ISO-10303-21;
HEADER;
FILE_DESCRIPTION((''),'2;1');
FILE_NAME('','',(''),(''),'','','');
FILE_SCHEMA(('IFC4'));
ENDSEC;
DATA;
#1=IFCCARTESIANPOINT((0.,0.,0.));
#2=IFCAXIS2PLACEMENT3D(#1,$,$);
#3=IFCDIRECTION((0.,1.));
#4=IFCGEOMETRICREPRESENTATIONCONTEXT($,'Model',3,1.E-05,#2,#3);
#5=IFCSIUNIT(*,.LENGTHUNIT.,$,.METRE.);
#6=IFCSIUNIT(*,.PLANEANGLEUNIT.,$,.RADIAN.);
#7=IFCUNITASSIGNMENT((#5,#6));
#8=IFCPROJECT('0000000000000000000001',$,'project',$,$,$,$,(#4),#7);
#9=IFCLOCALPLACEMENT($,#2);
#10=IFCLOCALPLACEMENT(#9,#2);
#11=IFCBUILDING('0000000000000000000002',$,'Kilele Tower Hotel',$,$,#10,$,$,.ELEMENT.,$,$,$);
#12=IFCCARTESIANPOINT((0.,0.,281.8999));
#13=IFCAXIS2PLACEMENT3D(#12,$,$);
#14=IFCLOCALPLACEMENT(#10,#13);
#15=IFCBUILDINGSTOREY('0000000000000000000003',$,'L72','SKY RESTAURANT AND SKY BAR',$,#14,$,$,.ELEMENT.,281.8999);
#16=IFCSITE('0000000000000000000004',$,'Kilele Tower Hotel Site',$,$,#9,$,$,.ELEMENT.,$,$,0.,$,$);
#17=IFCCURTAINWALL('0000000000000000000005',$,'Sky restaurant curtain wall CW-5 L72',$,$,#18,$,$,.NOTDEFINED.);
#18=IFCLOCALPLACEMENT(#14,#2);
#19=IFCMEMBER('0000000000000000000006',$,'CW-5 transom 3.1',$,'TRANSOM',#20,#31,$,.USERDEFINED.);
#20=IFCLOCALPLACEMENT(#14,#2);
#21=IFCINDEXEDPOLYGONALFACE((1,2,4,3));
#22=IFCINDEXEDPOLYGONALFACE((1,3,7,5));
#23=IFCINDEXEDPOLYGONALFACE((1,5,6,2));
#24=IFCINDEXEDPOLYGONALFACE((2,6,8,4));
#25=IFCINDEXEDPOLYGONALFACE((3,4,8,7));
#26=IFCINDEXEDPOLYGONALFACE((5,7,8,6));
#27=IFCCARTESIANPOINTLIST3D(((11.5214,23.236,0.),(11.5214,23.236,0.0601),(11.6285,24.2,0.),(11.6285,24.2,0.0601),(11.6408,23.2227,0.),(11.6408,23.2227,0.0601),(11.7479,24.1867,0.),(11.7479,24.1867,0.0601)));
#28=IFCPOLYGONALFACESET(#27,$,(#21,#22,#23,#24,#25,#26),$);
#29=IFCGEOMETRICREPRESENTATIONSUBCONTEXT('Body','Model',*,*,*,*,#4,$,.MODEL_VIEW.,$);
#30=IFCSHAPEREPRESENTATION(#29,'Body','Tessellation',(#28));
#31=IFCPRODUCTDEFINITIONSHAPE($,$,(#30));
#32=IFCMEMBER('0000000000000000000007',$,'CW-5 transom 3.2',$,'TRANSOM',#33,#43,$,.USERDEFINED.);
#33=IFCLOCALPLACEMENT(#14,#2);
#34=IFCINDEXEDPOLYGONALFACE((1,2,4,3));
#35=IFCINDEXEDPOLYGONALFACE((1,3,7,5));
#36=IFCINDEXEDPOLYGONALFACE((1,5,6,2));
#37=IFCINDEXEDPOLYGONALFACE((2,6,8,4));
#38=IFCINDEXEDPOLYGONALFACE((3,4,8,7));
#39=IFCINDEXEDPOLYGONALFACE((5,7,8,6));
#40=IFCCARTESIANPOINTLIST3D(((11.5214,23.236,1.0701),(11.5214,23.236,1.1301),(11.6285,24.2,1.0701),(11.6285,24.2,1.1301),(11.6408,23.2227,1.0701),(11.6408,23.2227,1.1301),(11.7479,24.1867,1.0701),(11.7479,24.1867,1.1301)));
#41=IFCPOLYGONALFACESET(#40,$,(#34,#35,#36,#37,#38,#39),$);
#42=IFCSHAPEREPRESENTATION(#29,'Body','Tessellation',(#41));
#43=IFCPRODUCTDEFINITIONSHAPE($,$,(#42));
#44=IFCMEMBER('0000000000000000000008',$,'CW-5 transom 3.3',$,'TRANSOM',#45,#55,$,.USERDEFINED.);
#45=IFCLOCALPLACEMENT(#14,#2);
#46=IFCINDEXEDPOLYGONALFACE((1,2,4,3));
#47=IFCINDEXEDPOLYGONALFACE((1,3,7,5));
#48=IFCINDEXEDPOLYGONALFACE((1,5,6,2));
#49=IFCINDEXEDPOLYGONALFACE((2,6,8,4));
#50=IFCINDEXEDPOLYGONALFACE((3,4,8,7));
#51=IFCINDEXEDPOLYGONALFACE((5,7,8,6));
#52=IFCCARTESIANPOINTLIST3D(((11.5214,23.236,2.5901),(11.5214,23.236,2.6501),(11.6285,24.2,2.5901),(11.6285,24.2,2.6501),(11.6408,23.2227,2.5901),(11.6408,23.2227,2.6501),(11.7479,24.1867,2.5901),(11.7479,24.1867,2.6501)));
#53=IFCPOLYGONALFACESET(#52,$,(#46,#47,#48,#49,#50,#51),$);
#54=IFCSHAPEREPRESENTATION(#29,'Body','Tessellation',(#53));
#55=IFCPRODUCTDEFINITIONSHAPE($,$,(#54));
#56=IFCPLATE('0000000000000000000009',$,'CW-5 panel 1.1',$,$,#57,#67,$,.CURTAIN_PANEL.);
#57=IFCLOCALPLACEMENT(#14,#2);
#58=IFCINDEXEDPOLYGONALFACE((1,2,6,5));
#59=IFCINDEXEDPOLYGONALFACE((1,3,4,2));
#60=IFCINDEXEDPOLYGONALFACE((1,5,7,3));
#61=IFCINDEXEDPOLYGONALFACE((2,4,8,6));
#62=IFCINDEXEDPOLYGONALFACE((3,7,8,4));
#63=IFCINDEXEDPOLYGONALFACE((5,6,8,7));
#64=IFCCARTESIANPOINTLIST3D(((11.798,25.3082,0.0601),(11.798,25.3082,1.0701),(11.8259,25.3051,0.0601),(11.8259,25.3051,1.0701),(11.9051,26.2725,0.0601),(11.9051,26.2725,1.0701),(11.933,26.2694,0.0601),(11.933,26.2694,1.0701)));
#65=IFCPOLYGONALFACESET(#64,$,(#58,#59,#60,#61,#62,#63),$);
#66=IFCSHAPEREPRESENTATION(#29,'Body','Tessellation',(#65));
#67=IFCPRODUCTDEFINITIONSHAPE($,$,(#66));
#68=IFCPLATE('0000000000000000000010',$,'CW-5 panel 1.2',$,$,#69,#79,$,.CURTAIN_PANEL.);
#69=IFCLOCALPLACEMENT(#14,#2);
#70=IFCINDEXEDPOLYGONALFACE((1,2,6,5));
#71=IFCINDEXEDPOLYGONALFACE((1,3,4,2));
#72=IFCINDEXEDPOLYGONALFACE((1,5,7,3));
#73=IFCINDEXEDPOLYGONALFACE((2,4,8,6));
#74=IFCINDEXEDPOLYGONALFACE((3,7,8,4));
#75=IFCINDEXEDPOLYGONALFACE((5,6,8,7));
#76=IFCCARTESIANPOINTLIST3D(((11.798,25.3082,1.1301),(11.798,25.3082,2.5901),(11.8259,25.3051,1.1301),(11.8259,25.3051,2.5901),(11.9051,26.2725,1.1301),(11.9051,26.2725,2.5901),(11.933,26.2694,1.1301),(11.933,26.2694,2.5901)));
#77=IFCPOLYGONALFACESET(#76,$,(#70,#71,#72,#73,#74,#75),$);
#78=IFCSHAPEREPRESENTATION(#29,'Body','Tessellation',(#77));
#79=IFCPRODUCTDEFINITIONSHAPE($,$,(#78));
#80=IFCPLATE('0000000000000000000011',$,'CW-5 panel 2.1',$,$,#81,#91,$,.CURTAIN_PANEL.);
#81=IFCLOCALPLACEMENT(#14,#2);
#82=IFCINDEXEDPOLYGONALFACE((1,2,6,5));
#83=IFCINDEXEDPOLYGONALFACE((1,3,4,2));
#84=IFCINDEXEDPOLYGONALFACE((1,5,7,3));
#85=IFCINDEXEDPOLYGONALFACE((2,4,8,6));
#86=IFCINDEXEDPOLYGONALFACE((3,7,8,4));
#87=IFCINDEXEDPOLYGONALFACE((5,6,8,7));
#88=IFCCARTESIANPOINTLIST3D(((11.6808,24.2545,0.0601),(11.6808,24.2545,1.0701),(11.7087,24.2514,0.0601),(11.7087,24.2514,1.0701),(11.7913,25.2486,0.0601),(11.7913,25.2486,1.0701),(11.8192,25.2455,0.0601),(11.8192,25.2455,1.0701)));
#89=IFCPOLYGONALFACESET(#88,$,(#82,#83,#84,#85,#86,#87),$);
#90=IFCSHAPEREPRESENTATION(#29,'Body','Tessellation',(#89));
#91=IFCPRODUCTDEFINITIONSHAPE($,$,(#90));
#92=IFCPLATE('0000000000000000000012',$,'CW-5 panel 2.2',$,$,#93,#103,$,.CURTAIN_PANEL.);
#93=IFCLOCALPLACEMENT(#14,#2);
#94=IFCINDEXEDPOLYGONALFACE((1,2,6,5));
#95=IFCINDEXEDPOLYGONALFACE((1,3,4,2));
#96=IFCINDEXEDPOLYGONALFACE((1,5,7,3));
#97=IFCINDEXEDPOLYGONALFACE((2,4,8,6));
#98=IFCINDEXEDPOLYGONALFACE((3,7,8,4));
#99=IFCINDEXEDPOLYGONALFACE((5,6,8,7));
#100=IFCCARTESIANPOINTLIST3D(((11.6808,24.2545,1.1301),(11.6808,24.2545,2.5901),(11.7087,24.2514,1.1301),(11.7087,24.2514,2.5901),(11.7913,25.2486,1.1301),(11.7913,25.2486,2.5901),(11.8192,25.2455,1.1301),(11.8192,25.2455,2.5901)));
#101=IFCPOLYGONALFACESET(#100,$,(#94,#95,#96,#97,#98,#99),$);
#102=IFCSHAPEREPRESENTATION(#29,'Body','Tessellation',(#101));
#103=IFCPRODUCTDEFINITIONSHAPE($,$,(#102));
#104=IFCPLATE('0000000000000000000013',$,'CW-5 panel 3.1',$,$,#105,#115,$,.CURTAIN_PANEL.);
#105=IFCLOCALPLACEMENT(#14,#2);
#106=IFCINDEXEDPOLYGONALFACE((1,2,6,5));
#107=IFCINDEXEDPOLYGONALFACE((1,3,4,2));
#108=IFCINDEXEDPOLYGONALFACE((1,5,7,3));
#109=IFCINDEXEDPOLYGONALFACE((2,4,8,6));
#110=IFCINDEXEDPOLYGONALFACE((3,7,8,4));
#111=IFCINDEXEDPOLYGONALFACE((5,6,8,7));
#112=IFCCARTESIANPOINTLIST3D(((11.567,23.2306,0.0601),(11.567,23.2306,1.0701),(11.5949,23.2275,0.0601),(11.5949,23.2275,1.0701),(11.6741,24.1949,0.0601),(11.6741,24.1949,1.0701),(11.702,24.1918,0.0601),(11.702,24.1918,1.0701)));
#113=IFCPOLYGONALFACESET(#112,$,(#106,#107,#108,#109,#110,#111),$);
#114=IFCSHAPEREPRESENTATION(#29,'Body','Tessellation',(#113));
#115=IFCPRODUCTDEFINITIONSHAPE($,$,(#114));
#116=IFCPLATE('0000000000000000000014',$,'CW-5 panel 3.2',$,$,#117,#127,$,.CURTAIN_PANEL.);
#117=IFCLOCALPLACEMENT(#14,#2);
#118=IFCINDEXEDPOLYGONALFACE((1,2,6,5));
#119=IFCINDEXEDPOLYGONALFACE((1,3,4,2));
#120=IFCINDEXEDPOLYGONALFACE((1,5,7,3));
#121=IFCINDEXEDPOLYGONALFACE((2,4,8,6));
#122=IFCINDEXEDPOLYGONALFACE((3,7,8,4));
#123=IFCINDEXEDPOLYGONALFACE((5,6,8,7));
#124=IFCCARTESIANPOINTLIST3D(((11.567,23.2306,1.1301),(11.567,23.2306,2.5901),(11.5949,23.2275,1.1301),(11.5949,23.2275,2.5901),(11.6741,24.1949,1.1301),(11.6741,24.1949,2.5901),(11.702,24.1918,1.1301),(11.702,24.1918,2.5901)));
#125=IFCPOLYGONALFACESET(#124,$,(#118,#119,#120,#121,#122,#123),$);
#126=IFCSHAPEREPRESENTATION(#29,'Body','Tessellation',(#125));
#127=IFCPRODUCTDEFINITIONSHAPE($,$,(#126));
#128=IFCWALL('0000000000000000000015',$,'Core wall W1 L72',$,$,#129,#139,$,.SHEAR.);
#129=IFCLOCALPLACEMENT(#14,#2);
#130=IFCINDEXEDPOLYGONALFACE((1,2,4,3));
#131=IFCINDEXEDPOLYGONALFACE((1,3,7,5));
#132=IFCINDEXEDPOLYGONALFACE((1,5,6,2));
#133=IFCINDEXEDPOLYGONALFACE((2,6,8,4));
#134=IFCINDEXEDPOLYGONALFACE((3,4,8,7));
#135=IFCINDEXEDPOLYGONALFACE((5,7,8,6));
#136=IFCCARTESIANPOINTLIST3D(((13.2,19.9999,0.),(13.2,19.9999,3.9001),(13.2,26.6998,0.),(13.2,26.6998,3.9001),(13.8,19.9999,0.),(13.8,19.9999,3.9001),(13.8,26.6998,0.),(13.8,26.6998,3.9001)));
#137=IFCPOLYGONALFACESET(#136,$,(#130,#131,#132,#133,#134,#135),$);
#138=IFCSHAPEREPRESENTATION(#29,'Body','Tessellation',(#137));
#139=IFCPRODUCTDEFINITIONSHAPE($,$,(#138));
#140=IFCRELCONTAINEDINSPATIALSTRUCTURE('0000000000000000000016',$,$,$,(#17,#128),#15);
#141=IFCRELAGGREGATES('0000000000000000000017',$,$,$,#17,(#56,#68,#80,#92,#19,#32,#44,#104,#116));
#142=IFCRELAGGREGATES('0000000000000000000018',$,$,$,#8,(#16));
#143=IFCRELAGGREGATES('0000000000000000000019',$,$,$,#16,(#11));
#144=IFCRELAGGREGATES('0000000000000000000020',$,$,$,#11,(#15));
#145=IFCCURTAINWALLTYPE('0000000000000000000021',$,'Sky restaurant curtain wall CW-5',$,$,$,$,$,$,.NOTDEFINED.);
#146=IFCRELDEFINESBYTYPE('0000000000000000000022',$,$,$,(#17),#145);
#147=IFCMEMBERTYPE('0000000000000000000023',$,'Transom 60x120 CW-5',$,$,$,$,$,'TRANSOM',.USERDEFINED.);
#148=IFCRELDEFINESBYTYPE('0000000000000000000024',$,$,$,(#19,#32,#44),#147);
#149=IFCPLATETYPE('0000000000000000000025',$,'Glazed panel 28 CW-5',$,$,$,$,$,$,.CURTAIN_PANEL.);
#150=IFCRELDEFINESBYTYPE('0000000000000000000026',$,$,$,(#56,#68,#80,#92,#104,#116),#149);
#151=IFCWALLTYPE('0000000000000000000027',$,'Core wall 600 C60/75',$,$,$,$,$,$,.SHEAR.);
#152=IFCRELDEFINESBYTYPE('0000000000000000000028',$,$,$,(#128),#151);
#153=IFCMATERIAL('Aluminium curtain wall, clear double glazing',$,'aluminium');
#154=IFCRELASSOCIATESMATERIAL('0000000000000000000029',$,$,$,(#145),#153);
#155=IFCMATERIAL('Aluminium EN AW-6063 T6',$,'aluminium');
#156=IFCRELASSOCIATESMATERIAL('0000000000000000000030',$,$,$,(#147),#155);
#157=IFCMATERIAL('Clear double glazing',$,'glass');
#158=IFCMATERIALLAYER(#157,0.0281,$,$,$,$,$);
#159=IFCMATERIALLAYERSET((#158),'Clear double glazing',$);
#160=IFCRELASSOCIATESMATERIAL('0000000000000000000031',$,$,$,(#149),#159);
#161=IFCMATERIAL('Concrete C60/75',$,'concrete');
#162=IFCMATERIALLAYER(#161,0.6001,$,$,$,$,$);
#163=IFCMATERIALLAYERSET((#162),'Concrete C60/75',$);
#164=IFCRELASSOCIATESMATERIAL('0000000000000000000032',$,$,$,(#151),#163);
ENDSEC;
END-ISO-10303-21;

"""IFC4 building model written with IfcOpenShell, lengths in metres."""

from ifc_helpers import new_model, si_unit, direction, frame, frame_2d, origin, origin_2d, place, context, subcontext, project, spatial, rectangle, extrude, material, layer, layer_set, material_profile, profile_set, type_object, element, aggregate, save


model = new_model("IFC4")

# Units and contexts
model_context = context("Model", 3, precision=1e-05, world=origin(), true_north=direction((0.0, 1.0)))
body_context = subcontext(model_context, "Body", "Model", "MODEL_VIEW")
ifc_project = project(units=[si_unit("LENGTHUNIT", "METRE"), si_unit("PLANEANGLEUNIT", "RADIAN")], contexts=[model_context])

# Site, building, storey
site_placement = place(None, origin())
site = spatial("IfcSite", under=ifc_project, at=site_placement, Name="Kilele Tower Hotel Site", CompositionType="ELEMENT", RefElevation=0.0)
building_placement = place(site_placement, origin())
building = spatial("IfcBuilding", under=site, at=building_placement, Name="Kilele Tower Hotel", CompositionType="ELEMENT")
storey_placement = place(building_placement, frame((0.0, 0.0, 281.8999)))
storey = spatial("IfcBuildingStorey", under=building, at=storey_placement, Name="L72", Description="SKY RESTAURANT AND SKY BAR", CompositionType="ELEMENT", Elevation=281.8999)

# Curtain wall
ifc_material_1 = material(Name="Aluminium curtain wall, clear double glazing", Category="aluminium")
curtain_wall_type = type_object("IfcCurtainWallType", Name="Sky restaurant curtain wall CW-5", PredefinedType="NOTDEFINED", material=ifc_material_1)
curtain_wall_1_placement = place(storey_placement, origin())
curtain_wall_1 = element("IfcCurtainWall", 1, at=curtain_wall_1_placement, inside=storey, type_object=curtain_wall_type, Name="Sky restaurant curtain wall CW-5 L72", PredefinedType="NOTDEFINED")

# Members
ifc_material_2 = material(Name="Aluminium EN AW-6063 T6", Category="aluminium")
ifc_material_profile_1 = material_profile(ifc_material_2, rectangle(XDim=0.1201, YDim=0.0601, at=origin_2d()))
ifc_profile_set_1 = profile_set([ifc_material_profile_1], Name="Aluminium EN AW-6063 T6")
member_type_1 = type_object("IfcMemberType", Name="Transom 60x120 CW-5", ElementType="TRANSOM", PredefinedType="USERDEFINED", material=ifc_profile_set_1)
member_1_placement = place(storey_placement, frame((11.6882, 24.1934, 0.03), z_axis=(-0.110487, -0.993878, 0.0), x_axis=(0.993878, -0.110487, 0.0)))
member_1 = element("IfcMember", 2, at=member_1_placement, type_object=member_type_1, Name="CW-5 transom 3.1", ObjectType="TRANSOM", PredefinedType="USERDEFINED", context=body_context, shape_type="SweptSolid", body=[
    extrude(rectangle(XDim=0.1201, YDim=0.0601, at=origin_2d()), origin(), (0.0, 0.0, 1.0), 0.97),
])
member_2_placement = place(storey_placement, frame((11.6882, 24.1934, 1.1001), z_axis=(-0.110487, -0.993878, 0.0), x_axis=(0.993878, -0.110487, 0.0)))
member_2 = element("IfcMember", 3, at=member_2_placement, type_object=member_type_1, Name="CW-5 transom 3.2", ObjectType="TRANSOM", PredefinedType="USERDEFINED", context=body_context, shape_type="SweptSolid", body=[
    extrude(rectangle(XDim=0.1201, YDim=0.0601, at=origin_2d()), origin(), (0.0, 0.0, 1.0), 0.97),
])
member_3_placement = place(storey_placement, frame((11.6882, 24.1934, 2.6201), z_axis=(-0.110487, -0.993878, 0.0), x_axis=(0.993878, -0.110487, 0.0)))
member_3 = element("IfcMember", 4, at=member_3_placement, type_object=member_type_1, Name="CW-5 transom 3.3", ObjectType="TRANSOM", PredefinedType="USERDEFINED", context=body_context, shape_type="SweptSolid", body=[
    extrude(rectangle(XDim=0.1201, YDim=0.0601, at=origin_2d()), origin(), (0.0, 0.0, 1.0), 0.97),
])

# Plates
ifc_material_3 = material(Name="Clear double glazing", Category="glass")
ifc_layer_1 = layer(ifc_material_3, 0.0281)
ifc_layer_set_1 = layer_set([ifc_layer_1], Name="Clear double glazing")
plate_type = type_object("IfcPlateType", Name="Glazed panel 28 CW-5", PredefinedType="CURTAIN_PANEL", material=ifc_layer_set_1)
plate_1_placement = place(storey_placement, frame((11.8655, 25.7888, 0.0601), z_axis=(0.0, 0.0, 1.0), x_axis=(-0.110432, -0.993884, 0.0)))
plate_1 = element("IfcPlate", 5, at=plate_1_placement, type_object=plate_type, Name="CW-5 panel 1.1", PredefinedType="CURTAIN_PANEL", context=body_context, shape_type="SweptSolid", body=[
    extrude(rectangle(XDim=0.9702, YDim=0.0281, at=origin_2d()), origin(), (0.0, 0.0, 1.0), 1.01),
])
plate_2_placement = place(storey_placement, frame((11.8655, 25.7888, 1.1301), z_axis=(0.0, 0.0, 1.0), x_axis=(-0.110432, -0.993884, 0.0)))
plate_2 = element("IfcPlate", 6, at=plate_2_placement, type_object=plate_type, Name="CW-5 panel 1.2", PredefinedType="CURTAIN_PANEL", context=body_context, shape_type="SweptSolid", body=[
    extrude(rectangle(XDim=0.9702, YDim=0.0281, at=origin_2d()), origin(), (0.0, 0.0, 1.0), 1.46),
])
plate_3_placement = place(storey_placement, frame((11.75, 24.75, 0.0601), z_axis=(0.0, 0.0, 1.0), x_axis=(-0.110432, -0.993884, 0.0)))
plate_3 = element("IfcPlate", 7, at=plate_3_placement, type_object=plate_type, Name="CW-5 panel 2.1", PredefinedType="CURTAIN_PANEL", context=body_context, shape_type="SweptSolid", body=[
    extrude(rectangle(XDim=1.0002, YDim=0.0281, at=origin_2d()), origin(), (0.0, 0.0, 1.0), 1.01),
])
plate_4_placement = place(storey_placement, frame((11.75, 24.75, 1.1301), z_axis=(0.0, 0.0, 1.0), x_axis=(-0.110432, -0.993884, 0.0)))
plate_4 = element("IfcPlate", 8, at=plate_4_placement, type_object=plate_type, Name="CW-5 panel 2.2", PredefinedType="CURTAIN_PANEL", context=body_context, shape_type="SweptSolid", body=[
    extrude(rectangle(XDim=1.0002, YDim=0.0281, at=origin_2d()), origin(), (0.0, 0.0, 1.0), 1.46),
])
plate_5_placement = place(storey_placement, frame((11.6345, 23.7112, 0.0601), z_axis=(0.0, 0.0, 1.0), x_axis=(-0.110432, -0.993884, 0.0)))
plate_5 = element("IfcPlate", 9, at=plate_5_placement, type_object=plate_type, Name="CW-5 panel 3.1", PredefinedType="CURTAIN_PANEL", context=body_context, shape_type="SweptSolid", body=[
    extrude(rectangle(XDim=0.9702, YDim=0.0281, at=origin_2d()), origin(), (0.0, 0.0, 1.0), 1.01),
])
plate_6_placement = place(storey_placement, frame((11.6345, 23.7112, 1.1301), z_axis=(0.0, 0.0, 1.0), x_axis=(-0.110432, -0.993884, 0.0)))
plate_6 = element("IfcPlate", 10, at=plate_6_placement, type_object=plate_type, Name="CW-5 panel 3.2", PredefinedType="CURTAIN_PANEL", context=body_context, shape_type="SweptSolid", body=[
    extrude(rectangle(XDim=0.9702, YDim=0.0281, at=origin_2d()), origin(), (0.0, 0.0, 1.0), 1.46),
])
aggregate(curtain_wall_1, [plate_1, plate_2, plate_3, plate_4, member_1, member_2, member_3, plate_5, plate_6])

# Wall
ifc_material_4 = material(Name="Concrete C60/75", Category="concrete")
ifc_layer_2 = layer(ifc_material_4, 0.6001)
ifc_layer_set_2 = layer_set([ifc_layer_2], Name="Concrete C60/75")
wall_type = type_object("IfcWallType", Name="Core wall 600 C60/75", PredefinedType="SHEAR", material=ifc_layer_set_2)
wall_placement = place(storey_placement, frame((13.5, 26.7, 0.0), z_axis=(0.0, 0.0, 1.0), x_axis=(0.0, -1.0, 0.0)))
element("IfcWall", 11, at=wall_placement, inside=storey, type_object=wall_type, Name="Core wall W1 L72", PredefinedType="SHEAR", context=body_context, shape_type="SweptSolid", body=[
    extrude(rectangle(XDim=6.7, YDim=0.6001, at=frame_2d((3.3501, 0.0))), origin(), (0.0, 0.0, 1.0), 3.9001),
])

save(model, "model.ifc")
